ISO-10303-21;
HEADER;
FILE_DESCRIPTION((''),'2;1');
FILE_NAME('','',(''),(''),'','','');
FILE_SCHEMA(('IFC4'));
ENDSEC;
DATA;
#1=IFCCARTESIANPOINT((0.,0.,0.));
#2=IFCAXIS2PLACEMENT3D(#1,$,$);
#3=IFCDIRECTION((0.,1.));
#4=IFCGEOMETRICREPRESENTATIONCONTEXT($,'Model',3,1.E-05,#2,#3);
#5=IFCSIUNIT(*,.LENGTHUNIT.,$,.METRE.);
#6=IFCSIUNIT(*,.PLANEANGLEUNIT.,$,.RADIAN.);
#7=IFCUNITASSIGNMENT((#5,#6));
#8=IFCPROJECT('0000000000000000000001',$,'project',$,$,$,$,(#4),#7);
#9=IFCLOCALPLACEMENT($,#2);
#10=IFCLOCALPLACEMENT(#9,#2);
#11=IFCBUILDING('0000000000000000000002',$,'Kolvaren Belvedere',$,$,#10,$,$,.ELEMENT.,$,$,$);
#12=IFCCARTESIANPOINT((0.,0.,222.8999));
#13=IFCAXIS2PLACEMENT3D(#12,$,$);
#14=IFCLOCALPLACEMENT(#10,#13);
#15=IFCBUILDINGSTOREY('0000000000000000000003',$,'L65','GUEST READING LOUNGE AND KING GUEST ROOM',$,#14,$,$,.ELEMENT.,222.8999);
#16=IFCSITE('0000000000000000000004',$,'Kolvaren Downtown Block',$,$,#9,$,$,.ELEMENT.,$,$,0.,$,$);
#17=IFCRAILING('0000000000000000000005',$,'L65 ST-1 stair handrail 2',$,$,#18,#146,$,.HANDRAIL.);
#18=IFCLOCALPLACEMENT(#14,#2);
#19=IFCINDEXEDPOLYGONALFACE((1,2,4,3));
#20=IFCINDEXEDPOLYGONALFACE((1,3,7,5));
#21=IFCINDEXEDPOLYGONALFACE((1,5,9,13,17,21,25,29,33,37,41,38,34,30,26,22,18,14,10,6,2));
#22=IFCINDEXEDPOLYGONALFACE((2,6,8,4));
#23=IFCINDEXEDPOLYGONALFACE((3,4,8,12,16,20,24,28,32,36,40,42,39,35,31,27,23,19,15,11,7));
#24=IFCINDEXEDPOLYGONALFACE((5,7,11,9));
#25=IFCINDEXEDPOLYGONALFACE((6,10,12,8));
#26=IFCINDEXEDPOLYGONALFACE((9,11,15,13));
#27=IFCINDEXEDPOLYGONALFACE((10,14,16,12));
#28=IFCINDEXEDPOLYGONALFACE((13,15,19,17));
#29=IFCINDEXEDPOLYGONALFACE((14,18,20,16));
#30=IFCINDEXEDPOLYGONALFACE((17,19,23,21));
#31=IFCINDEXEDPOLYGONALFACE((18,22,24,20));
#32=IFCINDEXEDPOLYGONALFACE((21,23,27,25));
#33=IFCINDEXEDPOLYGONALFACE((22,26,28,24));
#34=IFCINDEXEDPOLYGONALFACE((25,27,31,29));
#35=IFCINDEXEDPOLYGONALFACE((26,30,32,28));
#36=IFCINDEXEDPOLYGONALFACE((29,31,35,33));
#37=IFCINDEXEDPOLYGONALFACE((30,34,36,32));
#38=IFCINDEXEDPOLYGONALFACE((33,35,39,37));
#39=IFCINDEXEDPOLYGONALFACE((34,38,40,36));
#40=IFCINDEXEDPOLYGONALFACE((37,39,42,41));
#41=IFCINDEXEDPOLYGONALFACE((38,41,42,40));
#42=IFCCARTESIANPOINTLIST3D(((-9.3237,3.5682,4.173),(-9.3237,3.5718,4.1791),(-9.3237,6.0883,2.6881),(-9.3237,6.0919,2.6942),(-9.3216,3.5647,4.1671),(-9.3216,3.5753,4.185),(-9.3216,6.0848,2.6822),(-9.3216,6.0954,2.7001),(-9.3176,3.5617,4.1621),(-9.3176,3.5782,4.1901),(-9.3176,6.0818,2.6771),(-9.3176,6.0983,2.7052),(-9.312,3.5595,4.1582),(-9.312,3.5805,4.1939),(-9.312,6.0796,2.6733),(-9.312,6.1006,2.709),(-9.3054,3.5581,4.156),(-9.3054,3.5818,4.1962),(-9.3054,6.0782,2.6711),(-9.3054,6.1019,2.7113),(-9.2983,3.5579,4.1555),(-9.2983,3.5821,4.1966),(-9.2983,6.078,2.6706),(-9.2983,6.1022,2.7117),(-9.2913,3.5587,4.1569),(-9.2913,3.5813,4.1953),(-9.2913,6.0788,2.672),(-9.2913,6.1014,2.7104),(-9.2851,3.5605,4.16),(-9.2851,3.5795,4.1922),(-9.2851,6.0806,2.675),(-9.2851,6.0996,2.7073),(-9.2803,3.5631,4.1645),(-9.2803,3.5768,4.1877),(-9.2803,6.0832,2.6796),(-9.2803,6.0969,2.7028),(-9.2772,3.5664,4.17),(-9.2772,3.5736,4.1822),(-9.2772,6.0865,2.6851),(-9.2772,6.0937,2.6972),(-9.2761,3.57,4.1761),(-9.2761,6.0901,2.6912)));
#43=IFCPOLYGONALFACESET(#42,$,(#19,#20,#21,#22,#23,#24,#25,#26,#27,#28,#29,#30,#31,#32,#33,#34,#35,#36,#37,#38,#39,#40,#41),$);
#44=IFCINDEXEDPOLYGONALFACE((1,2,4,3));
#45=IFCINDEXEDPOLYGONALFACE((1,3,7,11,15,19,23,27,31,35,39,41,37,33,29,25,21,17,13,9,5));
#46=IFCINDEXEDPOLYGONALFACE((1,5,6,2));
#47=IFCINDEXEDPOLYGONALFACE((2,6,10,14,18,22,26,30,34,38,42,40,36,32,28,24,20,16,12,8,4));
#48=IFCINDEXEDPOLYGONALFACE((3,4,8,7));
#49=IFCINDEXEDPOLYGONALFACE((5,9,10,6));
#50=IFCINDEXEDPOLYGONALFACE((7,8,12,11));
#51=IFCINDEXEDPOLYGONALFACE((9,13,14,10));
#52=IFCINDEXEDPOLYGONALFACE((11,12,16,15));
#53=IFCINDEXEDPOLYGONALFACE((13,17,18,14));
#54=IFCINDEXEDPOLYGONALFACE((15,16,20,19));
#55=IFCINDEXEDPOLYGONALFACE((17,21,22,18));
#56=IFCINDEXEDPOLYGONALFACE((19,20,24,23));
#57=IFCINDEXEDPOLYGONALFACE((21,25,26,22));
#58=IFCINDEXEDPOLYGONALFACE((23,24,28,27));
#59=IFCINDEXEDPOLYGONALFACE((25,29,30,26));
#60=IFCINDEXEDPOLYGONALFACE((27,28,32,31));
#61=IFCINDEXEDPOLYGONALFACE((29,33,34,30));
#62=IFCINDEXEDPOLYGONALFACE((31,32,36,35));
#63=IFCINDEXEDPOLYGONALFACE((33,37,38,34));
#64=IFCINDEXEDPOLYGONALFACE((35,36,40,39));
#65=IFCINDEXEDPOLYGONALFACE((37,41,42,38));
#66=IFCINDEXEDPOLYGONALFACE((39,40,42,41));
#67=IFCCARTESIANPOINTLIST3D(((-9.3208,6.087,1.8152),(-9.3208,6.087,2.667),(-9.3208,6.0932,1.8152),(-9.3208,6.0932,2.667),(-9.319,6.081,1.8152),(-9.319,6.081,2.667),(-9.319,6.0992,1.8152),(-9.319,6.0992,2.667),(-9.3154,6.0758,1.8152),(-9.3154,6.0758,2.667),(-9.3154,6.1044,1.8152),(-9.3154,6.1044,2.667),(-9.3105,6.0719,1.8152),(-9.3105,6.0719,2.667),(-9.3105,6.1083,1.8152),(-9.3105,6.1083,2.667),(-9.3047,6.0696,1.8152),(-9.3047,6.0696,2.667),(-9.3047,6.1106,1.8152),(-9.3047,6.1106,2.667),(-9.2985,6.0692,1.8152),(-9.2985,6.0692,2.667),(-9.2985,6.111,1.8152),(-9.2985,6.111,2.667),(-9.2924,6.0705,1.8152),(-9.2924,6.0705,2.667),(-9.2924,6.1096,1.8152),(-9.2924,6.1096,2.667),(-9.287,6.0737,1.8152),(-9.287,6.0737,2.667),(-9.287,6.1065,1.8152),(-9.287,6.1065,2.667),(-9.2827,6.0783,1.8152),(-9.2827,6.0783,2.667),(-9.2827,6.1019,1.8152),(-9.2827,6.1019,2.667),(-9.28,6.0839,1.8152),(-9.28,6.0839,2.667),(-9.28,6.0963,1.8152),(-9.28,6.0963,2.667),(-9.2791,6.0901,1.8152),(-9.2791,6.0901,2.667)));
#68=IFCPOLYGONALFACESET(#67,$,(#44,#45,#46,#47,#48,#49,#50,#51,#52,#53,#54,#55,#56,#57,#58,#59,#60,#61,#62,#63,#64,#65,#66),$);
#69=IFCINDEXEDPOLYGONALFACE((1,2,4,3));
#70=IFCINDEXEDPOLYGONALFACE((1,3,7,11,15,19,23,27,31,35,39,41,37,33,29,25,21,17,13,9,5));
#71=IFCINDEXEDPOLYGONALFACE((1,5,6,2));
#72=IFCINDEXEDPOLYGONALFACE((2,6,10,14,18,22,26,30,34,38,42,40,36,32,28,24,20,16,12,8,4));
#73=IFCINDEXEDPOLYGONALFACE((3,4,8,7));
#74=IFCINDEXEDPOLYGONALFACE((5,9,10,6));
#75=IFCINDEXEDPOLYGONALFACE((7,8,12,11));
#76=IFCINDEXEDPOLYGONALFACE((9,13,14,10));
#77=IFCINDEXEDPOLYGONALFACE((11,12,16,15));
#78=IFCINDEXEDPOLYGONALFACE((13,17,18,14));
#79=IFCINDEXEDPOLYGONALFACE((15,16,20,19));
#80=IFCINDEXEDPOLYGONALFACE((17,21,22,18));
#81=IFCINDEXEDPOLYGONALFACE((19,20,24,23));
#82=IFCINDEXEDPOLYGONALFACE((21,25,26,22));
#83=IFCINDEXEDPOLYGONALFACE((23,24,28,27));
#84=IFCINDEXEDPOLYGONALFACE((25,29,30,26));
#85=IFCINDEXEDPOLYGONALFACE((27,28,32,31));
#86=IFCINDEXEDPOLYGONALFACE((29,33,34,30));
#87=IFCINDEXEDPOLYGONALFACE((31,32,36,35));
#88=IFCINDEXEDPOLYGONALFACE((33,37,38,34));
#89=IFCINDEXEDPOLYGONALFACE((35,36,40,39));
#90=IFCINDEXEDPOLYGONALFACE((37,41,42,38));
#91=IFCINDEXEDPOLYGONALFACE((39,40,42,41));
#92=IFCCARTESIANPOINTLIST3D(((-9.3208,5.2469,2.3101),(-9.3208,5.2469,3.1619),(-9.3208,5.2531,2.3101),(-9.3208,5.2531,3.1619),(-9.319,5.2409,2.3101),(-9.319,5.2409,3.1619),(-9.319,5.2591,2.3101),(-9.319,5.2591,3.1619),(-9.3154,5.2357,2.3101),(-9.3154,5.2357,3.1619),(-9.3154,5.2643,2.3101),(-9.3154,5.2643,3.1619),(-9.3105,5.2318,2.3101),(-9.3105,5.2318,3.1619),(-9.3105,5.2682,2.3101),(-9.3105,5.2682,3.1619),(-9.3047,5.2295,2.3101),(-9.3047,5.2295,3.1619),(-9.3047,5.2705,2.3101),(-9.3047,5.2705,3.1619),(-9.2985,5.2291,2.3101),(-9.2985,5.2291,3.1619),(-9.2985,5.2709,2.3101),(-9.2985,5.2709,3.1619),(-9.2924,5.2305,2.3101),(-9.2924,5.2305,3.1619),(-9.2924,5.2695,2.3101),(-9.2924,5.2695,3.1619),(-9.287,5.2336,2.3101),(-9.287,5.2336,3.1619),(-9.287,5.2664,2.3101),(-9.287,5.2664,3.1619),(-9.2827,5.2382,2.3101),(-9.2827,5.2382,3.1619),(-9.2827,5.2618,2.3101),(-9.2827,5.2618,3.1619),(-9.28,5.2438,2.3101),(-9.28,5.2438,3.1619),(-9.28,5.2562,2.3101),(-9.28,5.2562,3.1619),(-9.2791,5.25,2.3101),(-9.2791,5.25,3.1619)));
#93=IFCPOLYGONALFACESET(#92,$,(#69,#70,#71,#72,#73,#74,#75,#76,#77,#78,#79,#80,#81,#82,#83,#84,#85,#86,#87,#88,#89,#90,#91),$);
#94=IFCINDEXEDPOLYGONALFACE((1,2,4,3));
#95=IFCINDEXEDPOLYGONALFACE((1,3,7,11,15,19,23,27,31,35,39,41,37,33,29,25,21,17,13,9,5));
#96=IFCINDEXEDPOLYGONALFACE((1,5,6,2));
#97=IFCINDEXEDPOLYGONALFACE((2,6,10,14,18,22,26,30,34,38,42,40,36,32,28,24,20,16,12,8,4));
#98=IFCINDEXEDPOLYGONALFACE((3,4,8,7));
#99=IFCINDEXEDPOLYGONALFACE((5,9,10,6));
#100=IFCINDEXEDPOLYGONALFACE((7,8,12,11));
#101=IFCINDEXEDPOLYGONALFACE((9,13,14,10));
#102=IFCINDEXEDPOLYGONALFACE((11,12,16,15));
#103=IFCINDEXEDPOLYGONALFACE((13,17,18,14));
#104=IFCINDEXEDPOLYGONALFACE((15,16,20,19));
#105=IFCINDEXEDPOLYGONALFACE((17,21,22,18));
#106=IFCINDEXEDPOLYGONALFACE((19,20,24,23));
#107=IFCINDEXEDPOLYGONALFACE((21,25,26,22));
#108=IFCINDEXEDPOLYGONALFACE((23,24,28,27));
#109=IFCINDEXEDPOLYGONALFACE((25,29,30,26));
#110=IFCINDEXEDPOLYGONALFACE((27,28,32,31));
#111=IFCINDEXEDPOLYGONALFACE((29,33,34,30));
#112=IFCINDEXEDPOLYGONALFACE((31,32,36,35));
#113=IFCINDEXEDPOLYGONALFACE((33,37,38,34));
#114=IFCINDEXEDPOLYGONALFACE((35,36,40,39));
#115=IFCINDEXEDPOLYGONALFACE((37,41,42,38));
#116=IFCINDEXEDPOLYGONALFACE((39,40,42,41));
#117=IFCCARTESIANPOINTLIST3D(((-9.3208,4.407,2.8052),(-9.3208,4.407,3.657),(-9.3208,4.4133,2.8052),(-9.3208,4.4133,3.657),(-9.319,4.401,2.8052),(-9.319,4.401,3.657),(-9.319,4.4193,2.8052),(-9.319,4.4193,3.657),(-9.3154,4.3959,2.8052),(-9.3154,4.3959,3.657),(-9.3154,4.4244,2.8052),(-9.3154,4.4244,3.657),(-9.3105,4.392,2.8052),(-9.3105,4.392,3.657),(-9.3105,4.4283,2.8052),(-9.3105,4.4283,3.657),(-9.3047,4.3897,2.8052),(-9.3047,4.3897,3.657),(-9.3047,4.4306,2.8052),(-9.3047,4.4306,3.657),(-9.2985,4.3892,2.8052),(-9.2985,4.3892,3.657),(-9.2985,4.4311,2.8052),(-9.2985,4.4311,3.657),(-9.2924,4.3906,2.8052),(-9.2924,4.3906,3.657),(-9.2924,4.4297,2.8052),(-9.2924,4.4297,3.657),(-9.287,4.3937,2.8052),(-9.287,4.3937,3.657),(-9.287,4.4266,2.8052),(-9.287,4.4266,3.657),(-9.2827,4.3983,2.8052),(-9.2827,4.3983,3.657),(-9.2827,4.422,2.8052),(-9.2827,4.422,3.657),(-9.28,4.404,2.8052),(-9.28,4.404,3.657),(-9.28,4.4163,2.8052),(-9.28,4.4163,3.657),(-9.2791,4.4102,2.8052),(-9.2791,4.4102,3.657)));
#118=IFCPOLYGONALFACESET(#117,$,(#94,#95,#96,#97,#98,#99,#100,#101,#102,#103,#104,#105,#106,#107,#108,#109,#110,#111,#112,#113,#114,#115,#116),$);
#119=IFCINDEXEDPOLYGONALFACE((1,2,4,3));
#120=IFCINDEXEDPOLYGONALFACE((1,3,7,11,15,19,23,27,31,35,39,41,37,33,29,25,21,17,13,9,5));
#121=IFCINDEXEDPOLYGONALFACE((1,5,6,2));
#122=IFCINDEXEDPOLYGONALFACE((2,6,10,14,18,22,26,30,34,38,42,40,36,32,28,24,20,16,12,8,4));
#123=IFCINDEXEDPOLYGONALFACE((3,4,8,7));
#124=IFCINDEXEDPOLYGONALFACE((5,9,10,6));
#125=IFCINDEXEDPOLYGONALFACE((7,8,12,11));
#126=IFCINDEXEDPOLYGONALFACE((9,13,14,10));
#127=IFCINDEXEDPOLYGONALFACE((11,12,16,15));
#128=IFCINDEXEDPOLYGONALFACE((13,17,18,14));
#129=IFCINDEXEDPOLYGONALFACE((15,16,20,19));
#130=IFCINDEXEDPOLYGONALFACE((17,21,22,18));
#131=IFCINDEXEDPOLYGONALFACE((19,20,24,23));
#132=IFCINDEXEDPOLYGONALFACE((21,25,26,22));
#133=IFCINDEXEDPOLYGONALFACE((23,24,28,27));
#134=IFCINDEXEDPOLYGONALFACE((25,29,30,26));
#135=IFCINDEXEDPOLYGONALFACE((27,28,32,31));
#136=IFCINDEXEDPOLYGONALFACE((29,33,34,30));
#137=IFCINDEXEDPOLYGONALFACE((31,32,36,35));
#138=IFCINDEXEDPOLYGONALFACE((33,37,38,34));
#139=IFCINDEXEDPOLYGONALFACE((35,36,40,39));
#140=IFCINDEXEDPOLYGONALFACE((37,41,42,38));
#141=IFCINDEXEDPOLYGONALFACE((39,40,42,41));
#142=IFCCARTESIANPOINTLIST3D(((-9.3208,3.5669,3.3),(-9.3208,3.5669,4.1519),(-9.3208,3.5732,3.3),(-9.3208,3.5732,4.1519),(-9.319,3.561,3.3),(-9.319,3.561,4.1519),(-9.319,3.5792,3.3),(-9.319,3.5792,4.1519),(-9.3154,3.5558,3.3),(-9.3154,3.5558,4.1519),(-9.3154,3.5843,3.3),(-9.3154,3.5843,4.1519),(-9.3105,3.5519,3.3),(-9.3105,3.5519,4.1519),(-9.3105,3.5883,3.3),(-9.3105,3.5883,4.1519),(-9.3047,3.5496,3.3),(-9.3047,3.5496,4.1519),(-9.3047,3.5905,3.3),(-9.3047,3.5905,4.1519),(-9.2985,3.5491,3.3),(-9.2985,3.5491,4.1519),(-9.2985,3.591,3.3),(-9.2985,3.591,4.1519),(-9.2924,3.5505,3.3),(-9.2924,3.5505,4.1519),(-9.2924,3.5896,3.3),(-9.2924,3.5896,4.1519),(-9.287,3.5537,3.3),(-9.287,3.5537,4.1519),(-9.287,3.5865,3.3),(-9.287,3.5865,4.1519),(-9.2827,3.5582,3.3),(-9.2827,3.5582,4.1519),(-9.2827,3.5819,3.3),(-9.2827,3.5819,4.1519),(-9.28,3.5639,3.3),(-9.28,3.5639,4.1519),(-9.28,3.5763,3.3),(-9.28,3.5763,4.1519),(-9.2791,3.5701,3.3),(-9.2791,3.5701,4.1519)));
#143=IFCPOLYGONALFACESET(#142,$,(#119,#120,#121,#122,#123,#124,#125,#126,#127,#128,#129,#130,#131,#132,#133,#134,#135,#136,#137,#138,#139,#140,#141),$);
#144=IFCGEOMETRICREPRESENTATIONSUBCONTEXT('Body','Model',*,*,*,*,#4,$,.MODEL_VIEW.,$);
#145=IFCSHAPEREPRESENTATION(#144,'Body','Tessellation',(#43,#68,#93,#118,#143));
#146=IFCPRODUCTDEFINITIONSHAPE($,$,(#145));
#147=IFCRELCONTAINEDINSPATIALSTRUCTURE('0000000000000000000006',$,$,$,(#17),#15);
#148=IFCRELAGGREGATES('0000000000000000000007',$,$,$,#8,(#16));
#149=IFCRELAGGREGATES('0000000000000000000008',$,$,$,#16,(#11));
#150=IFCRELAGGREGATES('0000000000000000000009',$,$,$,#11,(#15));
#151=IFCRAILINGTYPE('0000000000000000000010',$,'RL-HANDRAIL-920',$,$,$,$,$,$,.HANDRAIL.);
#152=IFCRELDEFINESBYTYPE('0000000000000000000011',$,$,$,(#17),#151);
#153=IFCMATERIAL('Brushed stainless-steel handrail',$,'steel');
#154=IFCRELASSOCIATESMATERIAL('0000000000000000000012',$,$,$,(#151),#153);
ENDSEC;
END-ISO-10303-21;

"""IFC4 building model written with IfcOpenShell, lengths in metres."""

from ifc_helpers import new_model, si_unit, direction, frame, origin, origin_2d, place, context, subcontext, project, spatial, circle, extrude, material, type_object, element, save


model = new_model("IFC4")

# Units and contexts
model_context = context("Model", 3, precision=1e-05, world=origin(), true_north=direction((0.0, 1.0)))
body_context = subcontext(model_context, "Body", "Model", "MODEL_VIEW")
ifc_project = project(units=[si_unit("LENGTHUNIT", "METRE"), si_unit("PLANEANGLEUNIT", "RADIAN")], contexts=[model_context])

# Site, building, storey
site_placement = place(None, origin())
site = spatial("IfcSite", under=ifc_project, at=site_placement, Name="Kolvaren Downtown Block", CompositionType="ELEMENT", RefElevation=0.0)
building_placement = place(site_placement, origin())
building = spatial("IfcBuilding", under=site, at=building_placement, Name="Kolvaren Belvedere", CompositionType="ELEMENT")
storey_placement = place(building_placement, frame((0.0, 0.0, 222.8999)))
storey = spatial("IfcBuildingStorey", under=building, at=storey_placement, Name="L65", Description="GUEST READING LOUNGE AND KING GUEST ROOM", CompositionType="ELEMENT", Elevation=222.8999)

# Railing
ifc_material_1 = material(Name="Brushed stainless-steel handrail", Category="steel")
railing_type_1 = type_object("IfcRailingType", Name="RL-HANDRAIL-920", PredefinedType="HANDRAIL", material=ifc_material_1)
railing_1_placement = place(storey_placement, frame((-9.3, 6.0901, 1.8152)))
element("IfcRailing", 1, at=railing_1_placement, inside=storey, type_object=railing_type_1, Name="L65 ST-1 stair handrail 2", PredefinedType="HANDRAIL", context=body_context, shape_type="SweptSolid", body=[
    extrude(circle(Radius=0.0239, at=origin_2d()), frame((0.0, 0.0, 0.876), z_axis=(0.0, -0.861561, 0.507655), x_axis=(1.0, 0.0, 0.0)), (0.0, 0.0, 1.0), 2.925),
    extrude(circle(Radius=0.021, at=origin_2d()), origin(), (0.0, 0.0, 1.0), 0.8518),
    extrude(circle(Radius=0.021, at=origin_2d()), frame((0.0, -0.8401, 0.4949)), (0.0, 0.0, 1.0), 0.8518),
    extrude(circle(Radius=0.021, at=origin_2d()), frame((0.0, -1.6799, 0.99)), (0.0, 0.0, 1.0), 0.8518),
    extrude(circle(Radius=0.021, at=origin_2d()), frame((0.0, -2.52, 1.4849)), (0.0, 0.0, 1.0), 0.8518),
])

save(model, "model.ifc")
